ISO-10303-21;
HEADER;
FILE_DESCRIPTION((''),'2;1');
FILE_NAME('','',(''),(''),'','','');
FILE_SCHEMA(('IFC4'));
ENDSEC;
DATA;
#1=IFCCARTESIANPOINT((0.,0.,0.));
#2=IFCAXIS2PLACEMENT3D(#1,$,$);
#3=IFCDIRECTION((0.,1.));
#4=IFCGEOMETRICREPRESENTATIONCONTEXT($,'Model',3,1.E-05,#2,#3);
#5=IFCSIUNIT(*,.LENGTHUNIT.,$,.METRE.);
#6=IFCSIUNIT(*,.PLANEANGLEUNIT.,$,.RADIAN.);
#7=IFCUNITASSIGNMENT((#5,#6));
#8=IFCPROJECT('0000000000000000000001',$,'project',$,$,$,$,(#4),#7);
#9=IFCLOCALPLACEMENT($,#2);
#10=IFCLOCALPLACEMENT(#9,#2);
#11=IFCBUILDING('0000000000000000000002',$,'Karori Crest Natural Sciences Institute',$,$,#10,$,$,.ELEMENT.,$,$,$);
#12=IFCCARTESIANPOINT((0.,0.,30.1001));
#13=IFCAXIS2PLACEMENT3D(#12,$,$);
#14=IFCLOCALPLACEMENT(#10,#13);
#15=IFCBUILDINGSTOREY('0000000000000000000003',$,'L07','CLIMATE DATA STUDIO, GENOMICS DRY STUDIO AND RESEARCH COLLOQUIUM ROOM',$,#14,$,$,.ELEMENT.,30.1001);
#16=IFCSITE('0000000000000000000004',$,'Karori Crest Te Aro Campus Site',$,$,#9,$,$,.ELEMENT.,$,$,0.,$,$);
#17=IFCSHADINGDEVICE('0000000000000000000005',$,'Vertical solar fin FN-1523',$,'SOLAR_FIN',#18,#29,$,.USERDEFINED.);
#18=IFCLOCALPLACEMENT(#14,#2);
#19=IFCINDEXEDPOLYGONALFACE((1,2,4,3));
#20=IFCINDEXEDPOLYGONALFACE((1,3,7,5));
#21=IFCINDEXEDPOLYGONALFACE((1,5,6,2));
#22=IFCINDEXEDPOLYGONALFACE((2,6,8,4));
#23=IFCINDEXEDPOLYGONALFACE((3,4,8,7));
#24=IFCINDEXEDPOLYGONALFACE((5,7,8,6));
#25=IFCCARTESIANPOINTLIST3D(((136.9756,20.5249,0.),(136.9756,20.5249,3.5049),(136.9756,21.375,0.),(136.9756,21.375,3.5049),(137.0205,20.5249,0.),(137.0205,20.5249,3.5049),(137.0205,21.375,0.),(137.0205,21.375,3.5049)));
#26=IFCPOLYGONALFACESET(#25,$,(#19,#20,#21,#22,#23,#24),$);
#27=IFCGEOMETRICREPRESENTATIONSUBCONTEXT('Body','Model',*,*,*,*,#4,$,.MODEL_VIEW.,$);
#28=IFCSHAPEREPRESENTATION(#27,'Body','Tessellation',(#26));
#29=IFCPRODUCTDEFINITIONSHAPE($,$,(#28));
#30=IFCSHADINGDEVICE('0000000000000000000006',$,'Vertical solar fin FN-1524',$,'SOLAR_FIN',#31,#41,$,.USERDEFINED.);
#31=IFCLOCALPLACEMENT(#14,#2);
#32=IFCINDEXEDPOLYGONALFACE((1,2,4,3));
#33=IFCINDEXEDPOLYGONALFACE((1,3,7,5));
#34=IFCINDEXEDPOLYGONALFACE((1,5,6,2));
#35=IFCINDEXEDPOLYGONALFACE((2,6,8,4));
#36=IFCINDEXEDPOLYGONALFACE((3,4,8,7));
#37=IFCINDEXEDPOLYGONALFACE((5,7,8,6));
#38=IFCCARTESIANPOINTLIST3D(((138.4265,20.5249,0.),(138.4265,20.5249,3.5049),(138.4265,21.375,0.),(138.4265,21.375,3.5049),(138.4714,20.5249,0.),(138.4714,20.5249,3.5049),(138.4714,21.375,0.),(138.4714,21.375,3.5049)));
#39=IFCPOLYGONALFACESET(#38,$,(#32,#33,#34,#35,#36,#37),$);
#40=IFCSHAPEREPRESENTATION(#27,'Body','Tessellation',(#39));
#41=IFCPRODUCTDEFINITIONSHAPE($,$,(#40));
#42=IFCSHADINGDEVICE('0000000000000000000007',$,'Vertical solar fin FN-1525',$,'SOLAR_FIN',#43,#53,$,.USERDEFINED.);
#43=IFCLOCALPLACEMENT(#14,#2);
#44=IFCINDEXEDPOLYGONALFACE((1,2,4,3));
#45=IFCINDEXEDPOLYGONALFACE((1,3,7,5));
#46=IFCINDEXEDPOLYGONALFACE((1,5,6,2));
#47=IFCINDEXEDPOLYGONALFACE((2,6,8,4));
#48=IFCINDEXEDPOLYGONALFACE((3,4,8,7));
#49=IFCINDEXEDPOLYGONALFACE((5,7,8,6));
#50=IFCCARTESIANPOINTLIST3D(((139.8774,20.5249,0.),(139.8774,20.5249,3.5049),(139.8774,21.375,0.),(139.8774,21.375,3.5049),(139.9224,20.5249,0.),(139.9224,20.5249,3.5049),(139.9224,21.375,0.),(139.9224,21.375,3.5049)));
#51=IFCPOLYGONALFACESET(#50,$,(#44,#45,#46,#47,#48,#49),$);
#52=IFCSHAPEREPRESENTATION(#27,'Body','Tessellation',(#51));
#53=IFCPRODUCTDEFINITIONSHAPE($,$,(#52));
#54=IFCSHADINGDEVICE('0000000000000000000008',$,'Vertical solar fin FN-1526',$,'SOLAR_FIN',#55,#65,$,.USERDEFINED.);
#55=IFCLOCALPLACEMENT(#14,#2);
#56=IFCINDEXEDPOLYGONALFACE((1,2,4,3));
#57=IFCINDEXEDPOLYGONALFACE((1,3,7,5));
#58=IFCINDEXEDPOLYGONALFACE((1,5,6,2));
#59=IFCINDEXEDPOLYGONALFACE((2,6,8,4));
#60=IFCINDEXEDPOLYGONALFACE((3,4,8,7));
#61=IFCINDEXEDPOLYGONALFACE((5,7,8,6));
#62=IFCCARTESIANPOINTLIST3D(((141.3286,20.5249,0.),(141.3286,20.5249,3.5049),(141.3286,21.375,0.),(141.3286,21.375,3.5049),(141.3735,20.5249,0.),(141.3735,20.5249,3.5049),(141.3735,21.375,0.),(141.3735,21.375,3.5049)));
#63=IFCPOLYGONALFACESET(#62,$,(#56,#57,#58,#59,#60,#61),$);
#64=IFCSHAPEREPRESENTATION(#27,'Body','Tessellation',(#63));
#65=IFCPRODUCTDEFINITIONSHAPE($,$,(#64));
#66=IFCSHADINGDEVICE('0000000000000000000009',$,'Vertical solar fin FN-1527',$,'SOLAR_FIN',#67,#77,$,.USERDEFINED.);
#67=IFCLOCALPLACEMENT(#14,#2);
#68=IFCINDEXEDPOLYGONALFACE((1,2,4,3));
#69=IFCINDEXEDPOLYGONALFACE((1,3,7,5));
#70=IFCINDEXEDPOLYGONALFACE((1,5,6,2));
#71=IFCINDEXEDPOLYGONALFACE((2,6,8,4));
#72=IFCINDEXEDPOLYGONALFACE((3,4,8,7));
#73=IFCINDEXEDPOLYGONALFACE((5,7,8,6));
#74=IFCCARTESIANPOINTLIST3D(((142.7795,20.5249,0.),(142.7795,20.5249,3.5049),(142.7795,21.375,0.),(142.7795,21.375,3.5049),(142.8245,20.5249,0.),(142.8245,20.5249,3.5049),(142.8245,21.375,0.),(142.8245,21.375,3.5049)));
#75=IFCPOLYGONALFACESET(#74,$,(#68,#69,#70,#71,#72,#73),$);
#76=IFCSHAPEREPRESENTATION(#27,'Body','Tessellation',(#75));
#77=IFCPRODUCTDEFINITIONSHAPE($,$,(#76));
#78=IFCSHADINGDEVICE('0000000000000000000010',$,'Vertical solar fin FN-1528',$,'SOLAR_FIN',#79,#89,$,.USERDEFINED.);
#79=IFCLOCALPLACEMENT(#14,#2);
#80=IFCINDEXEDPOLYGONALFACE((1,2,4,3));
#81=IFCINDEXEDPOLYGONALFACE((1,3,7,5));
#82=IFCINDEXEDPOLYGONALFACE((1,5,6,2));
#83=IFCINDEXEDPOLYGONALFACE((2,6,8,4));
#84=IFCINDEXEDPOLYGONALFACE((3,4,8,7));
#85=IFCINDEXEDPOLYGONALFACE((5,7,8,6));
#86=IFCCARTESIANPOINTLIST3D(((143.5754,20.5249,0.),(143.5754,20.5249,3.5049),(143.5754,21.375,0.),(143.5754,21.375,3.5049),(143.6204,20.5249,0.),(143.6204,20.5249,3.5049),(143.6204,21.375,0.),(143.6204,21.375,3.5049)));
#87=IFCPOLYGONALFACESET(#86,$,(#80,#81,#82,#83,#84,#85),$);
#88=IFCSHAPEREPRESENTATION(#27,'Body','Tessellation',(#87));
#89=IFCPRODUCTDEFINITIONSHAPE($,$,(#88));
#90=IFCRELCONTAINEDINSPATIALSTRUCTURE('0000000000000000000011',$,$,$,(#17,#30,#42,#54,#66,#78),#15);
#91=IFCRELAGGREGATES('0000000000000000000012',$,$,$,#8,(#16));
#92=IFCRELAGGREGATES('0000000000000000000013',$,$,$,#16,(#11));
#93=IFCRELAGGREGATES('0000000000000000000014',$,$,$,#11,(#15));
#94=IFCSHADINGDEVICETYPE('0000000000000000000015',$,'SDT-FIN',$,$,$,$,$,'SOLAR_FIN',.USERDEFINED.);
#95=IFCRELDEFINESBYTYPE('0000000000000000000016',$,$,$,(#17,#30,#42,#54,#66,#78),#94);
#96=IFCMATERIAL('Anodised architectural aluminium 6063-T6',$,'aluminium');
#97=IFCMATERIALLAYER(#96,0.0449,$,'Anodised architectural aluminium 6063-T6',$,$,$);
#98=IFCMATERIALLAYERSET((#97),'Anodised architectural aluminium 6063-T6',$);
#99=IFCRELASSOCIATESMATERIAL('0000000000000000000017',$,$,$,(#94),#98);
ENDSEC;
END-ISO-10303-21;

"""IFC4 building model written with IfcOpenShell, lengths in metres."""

from ifc_helpers import new_model, si_unit, direction, frame, origin, origin_2d, place, context, subcontext, project, spatial, rectangle, extrude, material, layer, layer_set, type_object, element, save


model = new_model("IFC4")

# Units and contexts
model_context = context("Model", 3, precision=1e-05, world=origin(), true_north=direction((0.0, 1.0)))
body_context = subcontext(model_context, "Body", "Model", "MODEL_VIEW")
ifc_project = project(units=[si_unit("LENGTHUNIT", "METRE"), si_unit("PLANEANGLEUNIT", "RADIAN")], contexts=[model_context])

# Site, building, storey
site_placement = place(None, origin())
site = spatial("IfcSite", under=ifc_project, at=site_placement, Name="Karori Crest Te Aro Campus Site", CompositionType="ELEMENT", RefElevation=0.0)
building_placement = place(site_placement, origin())
building = spatial("IfcBuilding", under=site, at=building_placement, Name="Karori Crest Natural Sciences Institute", CompositionType="ELEMENT")
storey_placement = place(building_placement, frame((0.0, 0.0, 30.1001)))
storey = spatial("IfcBuildingStorey", under=building, at=storey_placement, Name="L07", Description="CLIMATE DATA STUDIO, GENOMICS DRY STUDIO AND RESEARCH COLLOQUIUM ROOM", CompositionType="ELEMENT", Elevation=30.1001)

# Shared definitions
ifc_material_1 = material(Name="Anodised architectural aluminium 6063-T6", Category="aluminium")

# Shading devices
ifc_layer_1 = layer(ifc_material_1, 0.0449, Name="Anodised architectural aluminium 6063-T6")
ifc_layer_set_1 = layer_set([ifc_layer_1], Name="Anodised architectural aluminium 6063-T6")
shading_device_type = type_object("IfcShadingDeviceType", Name="SDT-FIN", ElementType="SOLAR_FIN", PredefinedType="USERDEFINED", material=ifc_layer_set_1)
for number, where, z_axis, x_axis, name in (
    (1, (136.998, 20.95, 0.0), (0.0, 0.0, 1.0), (0.0, 1.0, 0.0), "Vertical solar fin FN-1523"),
    (2, (138.449, 20.95, 0.0), (0.0, 0.0, 1.0), (0.0, 1.0, 0.0), "Vertical solar fin FN-1524"),
    (3, (139.8999, 20.95, 0.0), (0.0, 0.0, 1.0), (0.0, 1.0, 0.0), "Vertical solar fin FN-1525"),
    (4, (141.3511, 20.95, 0.0), (0.0, 0.0, 1.0), (0.0, 1.0, 0.0), "Vertical solar fin FN-1526"),
    (5, (142.802, 20.95, 0.0), (0.0, 0.0, 1.0), (0.0, 1.0, 0.0), "Vertical solar fin FN-1527"),
    (6, (143.5979, 20.95, 0.0), (0.0, 0.0, 1.0), (0.0, 1.0, 0.0), "Vertical solar fin FN-1528"),
):
    element("IfcShadingDevice", number, at=place(storey_placement, frame(where, z_axis=z_axis, x_axis=x_axis)), inside=storey, type_object=shading_device_type, Name=name, ObjectType="SOLAR_FIN", PredefinedType="USERDEFINED", context=body_context, shape_type="SweptSolid", body=[
        extrude(rectangle(XDim=0.8501, YDim=0.0449, at=origin_2d()), origin(), (0.0, 0.0, 1.0), 3.5049),
    ])

save(model, "model.ifc")
